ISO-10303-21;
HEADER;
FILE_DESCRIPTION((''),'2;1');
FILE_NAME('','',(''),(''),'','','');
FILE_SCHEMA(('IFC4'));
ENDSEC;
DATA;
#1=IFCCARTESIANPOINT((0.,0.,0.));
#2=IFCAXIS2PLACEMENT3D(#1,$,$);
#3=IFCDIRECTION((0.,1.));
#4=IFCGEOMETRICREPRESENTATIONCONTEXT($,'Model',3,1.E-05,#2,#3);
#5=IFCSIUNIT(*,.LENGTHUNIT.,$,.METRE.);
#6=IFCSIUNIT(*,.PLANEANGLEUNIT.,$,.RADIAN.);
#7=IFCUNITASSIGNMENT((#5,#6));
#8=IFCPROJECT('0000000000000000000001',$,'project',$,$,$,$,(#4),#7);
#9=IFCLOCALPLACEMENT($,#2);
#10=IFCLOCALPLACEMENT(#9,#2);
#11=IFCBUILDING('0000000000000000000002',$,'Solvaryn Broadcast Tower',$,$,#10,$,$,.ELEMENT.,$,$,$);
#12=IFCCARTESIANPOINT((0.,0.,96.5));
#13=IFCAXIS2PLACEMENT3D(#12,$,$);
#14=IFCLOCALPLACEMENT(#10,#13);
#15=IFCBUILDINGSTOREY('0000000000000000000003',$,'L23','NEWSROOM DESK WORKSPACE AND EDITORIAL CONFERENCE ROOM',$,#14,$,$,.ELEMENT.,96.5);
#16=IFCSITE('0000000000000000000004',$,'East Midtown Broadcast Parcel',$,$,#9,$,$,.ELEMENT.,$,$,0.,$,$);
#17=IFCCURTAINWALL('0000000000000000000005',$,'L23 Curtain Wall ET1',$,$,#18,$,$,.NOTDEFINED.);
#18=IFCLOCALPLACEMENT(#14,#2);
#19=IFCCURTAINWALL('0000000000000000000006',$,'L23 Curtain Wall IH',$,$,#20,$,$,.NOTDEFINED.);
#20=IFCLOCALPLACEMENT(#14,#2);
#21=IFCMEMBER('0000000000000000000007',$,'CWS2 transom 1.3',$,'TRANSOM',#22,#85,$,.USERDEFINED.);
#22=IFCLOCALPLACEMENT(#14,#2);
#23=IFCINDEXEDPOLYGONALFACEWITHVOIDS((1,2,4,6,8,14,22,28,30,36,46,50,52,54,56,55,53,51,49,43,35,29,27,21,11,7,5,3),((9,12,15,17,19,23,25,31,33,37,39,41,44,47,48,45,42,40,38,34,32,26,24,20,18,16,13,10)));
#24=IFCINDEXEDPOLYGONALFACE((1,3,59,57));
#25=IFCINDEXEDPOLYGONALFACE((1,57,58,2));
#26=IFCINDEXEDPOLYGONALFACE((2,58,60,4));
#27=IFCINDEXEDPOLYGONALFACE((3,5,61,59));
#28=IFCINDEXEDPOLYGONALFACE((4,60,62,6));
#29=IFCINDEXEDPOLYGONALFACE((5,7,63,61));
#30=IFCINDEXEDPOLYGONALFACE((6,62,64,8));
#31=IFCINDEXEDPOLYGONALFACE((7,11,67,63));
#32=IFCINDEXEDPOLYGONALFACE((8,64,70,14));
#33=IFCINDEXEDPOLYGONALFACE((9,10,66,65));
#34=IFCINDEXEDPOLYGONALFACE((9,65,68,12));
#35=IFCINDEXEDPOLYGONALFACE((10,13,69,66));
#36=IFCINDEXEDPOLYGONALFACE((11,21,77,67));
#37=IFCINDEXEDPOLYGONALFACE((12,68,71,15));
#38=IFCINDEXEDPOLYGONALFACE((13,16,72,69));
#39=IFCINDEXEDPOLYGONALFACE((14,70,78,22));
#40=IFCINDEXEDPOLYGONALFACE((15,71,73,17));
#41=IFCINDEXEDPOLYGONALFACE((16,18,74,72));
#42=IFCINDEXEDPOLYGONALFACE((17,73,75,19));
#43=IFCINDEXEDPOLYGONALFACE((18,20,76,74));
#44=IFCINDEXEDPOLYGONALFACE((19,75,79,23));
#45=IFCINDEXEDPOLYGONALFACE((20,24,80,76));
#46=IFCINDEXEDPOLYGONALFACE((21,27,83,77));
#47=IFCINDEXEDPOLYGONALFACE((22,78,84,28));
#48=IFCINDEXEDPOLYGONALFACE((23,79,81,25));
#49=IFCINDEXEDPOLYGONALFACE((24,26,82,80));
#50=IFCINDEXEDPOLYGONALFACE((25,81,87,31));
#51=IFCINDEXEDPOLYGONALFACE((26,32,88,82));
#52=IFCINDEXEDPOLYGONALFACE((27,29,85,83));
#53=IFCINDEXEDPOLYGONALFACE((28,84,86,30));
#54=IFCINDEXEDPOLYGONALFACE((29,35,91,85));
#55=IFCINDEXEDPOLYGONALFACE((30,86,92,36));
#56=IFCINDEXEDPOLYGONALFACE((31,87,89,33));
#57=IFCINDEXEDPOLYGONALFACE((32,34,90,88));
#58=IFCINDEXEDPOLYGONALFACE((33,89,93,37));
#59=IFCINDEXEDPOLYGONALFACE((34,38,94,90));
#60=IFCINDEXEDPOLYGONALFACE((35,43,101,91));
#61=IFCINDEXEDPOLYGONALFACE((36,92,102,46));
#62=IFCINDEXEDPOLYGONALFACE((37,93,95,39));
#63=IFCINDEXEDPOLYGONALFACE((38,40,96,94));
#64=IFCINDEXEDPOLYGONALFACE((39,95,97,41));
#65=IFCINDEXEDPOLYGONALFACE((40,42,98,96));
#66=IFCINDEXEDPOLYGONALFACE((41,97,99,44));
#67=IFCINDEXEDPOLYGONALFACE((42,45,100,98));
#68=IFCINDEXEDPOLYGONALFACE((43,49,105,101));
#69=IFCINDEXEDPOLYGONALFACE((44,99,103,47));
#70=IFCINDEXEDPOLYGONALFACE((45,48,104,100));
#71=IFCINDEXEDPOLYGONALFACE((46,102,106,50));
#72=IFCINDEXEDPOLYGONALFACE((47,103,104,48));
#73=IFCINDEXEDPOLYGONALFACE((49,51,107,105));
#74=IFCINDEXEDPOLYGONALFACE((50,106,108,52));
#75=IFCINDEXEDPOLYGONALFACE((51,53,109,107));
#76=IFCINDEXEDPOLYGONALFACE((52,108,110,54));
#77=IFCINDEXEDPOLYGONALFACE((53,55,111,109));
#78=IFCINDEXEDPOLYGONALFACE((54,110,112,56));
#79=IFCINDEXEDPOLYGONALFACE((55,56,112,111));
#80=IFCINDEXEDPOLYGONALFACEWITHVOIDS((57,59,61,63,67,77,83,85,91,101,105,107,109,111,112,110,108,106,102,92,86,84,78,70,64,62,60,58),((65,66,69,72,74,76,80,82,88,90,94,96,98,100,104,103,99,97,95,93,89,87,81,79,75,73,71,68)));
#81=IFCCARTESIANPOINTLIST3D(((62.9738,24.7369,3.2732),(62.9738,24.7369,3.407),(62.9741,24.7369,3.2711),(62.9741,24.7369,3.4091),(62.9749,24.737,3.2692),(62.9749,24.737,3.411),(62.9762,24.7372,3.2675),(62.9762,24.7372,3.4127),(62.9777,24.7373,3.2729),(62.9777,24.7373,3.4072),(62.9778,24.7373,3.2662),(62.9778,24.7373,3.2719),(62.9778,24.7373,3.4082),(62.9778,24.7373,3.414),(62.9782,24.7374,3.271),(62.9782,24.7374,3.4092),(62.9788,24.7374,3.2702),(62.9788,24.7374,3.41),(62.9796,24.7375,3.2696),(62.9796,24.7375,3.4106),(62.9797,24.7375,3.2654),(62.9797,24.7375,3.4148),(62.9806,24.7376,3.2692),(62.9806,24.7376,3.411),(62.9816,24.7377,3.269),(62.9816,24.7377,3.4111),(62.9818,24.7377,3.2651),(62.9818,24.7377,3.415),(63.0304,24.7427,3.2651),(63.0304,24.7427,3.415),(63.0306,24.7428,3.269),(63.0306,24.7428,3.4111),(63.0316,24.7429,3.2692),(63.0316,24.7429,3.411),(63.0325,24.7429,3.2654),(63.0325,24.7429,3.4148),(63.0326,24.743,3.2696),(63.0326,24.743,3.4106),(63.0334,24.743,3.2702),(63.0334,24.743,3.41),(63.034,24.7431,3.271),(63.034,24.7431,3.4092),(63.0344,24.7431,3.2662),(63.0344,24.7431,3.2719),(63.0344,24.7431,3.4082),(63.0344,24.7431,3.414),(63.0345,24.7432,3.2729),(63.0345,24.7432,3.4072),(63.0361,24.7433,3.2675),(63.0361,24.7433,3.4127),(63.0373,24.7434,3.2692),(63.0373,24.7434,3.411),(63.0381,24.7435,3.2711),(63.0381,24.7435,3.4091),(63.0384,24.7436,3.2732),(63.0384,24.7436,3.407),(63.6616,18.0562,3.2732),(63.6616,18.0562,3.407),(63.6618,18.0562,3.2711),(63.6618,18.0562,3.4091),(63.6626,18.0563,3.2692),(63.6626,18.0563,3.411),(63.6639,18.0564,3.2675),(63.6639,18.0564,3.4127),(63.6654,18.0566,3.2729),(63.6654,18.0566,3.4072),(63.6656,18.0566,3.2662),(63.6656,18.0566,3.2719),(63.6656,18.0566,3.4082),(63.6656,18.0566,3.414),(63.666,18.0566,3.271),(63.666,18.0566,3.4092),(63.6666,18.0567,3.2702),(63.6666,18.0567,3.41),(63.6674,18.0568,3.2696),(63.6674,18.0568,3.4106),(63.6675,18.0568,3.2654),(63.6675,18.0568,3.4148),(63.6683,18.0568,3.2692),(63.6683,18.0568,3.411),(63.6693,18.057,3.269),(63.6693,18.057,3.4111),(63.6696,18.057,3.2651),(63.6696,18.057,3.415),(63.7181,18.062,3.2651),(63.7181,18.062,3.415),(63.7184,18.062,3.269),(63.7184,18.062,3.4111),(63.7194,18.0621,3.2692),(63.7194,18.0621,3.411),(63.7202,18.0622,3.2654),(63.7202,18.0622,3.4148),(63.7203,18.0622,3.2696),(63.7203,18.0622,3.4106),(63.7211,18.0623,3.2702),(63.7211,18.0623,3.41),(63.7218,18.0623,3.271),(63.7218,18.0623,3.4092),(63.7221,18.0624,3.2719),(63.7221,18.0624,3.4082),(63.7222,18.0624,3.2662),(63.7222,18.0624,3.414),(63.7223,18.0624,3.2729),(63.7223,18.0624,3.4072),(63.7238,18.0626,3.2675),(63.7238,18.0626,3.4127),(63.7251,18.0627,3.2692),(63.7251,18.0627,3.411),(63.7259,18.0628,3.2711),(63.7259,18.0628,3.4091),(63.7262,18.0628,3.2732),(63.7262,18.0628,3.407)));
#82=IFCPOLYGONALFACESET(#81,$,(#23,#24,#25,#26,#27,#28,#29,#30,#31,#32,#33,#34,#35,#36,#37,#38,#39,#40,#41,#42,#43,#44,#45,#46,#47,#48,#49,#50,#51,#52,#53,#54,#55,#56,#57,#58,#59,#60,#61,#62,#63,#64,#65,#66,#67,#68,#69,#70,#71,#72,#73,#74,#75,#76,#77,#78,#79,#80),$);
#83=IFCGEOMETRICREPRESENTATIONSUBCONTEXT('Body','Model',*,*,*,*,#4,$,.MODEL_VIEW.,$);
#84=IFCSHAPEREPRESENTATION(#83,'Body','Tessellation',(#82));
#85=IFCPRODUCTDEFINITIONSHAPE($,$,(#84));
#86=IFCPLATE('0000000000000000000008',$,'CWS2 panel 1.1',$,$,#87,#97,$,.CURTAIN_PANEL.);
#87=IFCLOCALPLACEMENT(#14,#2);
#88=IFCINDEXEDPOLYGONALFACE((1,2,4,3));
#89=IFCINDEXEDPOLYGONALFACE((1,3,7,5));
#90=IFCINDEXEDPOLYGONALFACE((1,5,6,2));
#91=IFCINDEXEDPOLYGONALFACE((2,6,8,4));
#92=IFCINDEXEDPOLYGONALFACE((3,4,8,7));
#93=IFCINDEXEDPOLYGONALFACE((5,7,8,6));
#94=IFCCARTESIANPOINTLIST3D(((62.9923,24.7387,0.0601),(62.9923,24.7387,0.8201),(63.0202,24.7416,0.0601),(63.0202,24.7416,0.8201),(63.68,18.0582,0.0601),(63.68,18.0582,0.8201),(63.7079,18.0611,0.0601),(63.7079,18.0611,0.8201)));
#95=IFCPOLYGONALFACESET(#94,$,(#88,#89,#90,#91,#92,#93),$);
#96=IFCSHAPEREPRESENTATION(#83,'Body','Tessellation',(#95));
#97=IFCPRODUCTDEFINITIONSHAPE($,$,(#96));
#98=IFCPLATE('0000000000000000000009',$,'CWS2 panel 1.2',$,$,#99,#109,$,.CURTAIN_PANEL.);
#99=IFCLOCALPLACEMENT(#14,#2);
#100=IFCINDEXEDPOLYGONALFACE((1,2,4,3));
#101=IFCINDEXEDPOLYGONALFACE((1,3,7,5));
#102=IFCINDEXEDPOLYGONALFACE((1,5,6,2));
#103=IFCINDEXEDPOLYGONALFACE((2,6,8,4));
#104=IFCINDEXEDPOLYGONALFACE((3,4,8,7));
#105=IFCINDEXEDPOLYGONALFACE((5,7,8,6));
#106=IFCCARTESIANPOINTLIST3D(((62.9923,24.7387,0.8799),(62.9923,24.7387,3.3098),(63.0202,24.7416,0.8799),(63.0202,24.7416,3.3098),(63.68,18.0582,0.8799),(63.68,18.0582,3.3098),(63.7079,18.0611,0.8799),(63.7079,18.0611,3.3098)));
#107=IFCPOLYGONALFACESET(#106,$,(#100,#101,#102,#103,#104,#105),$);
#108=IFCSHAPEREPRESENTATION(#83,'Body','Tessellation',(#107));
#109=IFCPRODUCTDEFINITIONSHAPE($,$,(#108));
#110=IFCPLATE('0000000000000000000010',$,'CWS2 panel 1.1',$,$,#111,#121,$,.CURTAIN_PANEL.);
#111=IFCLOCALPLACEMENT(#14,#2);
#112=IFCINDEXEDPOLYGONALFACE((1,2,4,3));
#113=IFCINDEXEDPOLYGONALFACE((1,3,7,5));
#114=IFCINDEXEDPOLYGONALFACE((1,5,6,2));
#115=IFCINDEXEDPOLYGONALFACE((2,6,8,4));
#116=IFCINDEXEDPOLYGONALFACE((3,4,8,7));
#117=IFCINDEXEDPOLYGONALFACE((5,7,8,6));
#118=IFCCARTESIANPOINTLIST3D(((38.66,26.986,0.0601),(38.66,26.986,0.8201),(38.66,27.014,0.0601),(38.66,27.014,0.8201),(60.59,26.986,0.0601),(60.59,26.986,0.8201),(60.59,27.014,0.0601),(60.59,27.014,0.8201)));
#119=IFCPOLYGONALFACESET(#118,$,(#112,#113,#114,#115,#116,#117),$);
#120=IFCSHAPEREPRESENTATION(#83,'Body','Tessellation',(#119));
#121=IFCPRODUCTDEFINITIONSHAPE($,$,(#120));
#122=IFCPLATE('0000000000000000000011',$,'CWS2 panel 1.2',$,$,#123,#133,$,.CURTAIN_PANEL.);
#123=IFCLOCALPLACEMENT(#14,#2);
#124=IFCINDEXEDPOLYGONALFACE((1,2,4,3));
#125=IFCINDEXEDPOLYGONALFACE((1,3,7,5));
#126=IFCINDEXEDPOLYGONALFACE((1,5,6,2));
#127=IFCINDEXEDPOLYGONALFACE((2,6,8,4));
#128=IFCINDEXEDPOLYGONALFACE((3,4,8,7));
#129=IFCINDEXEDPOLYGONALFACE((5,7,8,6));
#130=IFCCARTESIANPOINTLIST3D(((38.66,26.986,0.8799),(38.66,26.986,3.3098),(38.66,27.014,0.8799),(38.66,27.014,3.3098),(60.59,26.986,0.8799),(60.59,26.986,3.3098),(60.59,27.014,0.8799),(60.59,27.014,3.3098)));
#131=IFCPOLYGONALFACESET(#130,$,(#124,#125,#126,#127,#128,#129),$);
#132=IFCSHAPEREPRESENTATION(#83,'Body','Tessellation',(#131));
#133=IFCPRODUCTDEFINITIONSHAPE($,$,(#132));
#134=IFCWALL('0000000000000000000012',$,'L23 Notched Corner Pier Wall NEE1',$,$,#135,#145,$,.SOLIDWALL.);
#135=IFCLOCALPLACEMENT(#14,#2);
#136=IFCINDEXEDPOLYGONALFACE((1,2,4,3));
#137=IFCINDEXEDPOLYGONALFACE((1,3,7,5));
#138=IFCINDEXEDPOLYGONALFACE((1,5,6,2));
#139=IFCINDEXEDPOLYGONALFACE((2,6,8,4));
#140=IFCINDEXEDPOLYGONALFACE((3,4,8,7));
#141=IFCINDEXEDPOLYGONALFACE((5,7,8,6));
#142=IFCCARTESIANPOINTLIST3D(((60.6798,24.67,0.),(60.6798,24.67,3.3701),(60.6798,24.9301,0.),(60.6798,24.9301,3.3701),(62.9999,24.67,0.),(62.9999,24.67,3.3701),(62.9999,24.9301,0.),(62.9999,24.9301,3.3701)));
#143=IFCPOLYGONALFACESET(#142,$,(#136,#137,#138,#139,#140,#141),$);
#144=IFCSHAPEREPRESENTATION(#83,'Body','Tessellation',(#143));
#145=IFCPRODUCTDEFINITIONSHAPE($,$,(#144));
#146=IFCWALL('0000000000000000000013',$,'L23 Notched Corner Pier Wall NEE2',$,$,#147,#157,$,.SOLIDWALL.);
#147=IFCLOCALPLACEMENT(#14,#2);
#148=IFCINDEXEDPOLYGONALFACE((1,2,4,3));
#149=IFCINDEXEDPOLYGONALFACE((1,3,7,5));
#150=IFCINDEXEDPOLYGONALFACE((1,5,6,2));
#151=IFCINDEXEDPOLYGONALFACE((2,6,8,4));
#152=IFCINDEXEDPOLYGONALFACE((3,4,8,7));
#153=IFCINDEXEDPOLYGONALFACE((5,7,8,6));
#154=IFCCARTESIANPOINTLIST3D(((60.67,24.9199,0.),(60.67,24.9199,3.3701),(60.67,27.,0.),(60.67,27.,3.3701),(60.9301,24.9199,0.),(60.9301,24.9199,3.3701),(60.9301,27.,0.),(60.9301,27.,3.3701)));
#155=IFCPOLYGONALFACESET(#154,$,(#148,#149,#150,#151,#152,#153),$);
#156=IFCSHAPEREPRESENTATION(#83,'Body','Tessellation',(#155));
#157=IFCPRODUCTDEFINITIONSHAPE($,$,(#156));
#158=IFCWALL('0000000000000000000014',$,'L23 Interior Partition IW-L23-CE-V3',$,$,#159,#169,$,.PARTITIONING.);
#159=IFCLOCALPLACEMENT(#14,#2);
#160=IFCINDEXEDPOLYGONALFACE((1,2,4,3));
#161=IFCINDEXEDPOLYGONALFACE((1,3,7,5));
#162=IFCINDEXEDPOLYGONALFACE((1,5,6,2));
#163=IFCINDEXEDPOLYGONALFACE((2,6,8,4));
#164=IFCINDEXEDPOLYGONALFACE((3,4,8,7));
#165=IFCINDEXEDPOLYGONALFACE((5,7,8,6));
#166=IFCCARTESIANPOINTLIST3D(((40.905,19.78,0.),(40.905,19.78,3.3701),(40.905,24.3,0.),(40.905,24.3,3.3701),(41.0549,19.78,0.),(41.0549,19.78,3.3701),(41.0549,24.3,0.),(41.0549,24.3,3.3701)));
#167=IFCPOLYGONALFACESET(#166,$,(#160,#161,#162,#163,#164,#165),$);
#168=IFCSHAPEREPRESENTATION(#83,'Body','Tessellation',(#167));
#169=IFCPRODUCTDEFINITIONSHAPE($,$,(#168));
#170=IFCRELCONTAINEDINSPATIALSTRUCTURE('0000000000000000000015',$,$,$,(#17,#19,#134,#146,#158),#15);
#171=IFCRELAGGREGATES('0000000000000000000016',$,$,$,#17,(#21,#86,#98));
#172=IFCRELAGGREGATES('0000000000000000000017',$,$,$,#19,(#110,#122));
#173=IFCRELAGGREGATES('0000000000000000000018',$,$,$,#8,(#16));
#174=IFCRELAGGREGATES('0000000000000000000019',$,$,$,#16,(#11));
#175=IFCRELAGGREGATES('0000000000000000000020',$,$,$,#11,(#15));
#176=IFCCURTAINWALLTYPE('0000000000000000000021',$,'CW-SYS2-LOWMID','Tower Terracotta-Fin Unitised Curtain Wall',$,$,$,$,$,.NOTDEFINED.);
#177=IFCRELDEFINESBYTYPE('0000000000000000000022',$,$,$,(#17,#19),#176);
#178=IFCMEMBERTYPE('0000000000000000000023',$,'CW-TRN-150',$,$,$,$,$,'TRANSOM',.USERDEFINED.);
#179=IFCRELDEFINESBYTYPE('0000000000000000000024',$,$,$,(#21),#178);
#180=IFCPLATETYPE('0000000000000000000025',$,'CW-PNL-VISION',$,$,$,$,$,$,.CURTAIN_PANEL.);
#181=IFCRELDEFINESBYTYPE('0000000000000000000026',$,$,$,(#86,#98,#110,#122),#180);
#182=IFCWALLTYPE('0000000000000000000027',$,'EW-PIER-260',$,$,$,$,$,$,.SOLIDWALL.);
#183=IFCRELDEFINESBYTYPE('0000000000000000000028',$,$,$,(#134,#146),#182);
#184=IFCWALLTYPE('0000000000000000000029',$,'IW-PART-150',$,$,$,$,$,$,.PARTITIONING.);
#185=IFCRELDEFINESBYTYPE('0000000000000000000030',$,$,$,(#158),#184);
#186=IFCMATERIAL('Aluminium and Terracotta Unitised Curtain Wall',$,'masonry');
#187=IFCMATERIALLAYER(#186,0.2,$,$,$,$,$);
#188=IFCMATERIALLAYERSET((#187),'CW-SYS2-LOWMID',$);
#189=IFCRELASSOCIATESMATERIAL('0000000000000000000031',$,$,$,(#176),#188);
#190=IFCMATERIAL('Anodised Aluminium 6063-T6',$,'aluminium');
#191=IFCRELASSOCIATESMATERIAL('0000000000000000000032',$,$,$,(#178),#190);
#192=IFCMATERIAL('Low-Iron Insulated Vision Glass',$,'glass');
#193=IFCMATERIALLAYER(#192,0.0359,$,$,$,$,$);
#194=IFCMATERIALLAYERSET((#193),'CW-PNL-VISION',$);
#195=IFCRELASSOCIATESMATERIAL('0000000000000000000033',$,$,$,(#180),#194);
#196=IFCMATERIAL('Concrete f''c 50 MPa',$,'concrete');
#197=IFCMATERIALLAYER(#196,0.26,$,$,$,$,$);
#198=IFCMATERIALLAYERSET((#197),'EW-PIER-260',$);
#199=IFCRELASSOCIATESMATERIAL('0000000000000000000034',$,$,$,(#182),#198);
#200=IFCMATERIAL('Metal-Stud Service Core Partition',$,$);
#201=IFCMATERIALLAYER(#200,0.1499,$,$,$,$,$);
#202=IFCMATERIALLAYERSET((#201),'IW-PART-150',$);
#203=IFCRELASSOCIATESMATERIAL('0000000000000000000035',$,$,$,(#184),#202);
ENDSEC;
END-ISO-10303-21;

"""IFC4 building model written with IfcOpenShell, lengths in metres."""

from ifc_helpers import new_model, si_unit, direction, frame, frame_2d, origin, origin_2d, place, context, subcontext, project, spatial, rectangle, hollow_rectangle, extrude, material, layer, layer_set, material_profile, profile_set, type_object, element, aggregate, save


model = new_model("IFC4")

# Units and contexts
model_context = context("Model", 3, precision=1e-05, world=origin(), true_north=direction((0.0, 1.0)))
body_context = subcontext(model_context, "Body", "Model", "MODEL_VIEW")
ifc_project = project(units=[si_unit("LENGTHUNIT", "METRE"), si_unit("PLANEANGLEUNIT", "RADIAN")], contexts=[model_context])

# Site, building, storey
site_placement = place(None, origin())
site = spatial("IfcSite", under=ifc_project, at=site_placement, Name="East Midtown Broadcast Parcel", CompositionType="ELEMENT", RefElevation=0.0)
building_placement = place(site_placement, origin())
building = spatial("IfcBuilding", under=site, at=building_placement, Name="Solvaryn Broadcast Tower", CompositionType="ELEMENT")
storey_placement = place(building_placement, frame((0.0, 0.0, 96.5)))
storey = spatial("IfcBuildingStorey", under=building, at=storey_placement, Name="L23", Description="NEWSROOM DESK WORKSPACE AND EDITORIAL CONFERENCE ROOM", CompositionType="ELEMENT", Elevation=96.5)

# Curtain walls
ifc_material_1 = material(Name="Aluminium and Terracotta Unitised Curtain Wall", Category="masonry")
ifc_layer_1 = layer(ifc_material_1, 0.2)
ifc_layer_set_1 = layer_set([ifc_layer_1], Name="CW-SYS2-LOWMID")
curtain_wall_type = type_object("IfcCurtainWallType", Name="CW-SYS2-LOWMID", Description="Tower Terracotta-Fin Unitised Curtain Wall", PredefinedType="NOTDEFINED", material=ifc_layer_set_1)
curtain_wall_1_placement = place(storey_placement, origin())
curtain_wall_1 = element("IfcCurtainWall", 1, at=curtain_wall_1_placement, inside=storey, type_object=curtain_wall_type, Name="L23 Curtain Wall ET1", PredefinedType="NOTDEFINED")
curtain_wall_2_placement = place(storey_placement, origin())
curtain_wall_2 = element("IfcCurtainWall", 2, at=curtain_wall_2_placement, inside=storey, type_object=curtain_wall_type, Name="L23 Curtain Wall IH", PredefinedType="NOTDEFINED")

# Member
ifc_material_2 = material(Name="Anodised Aluminium 6063-T6", Category="aluminium")
ifc_material_profile_1 = material_profile(ifc_material_2, hollow_rectangle(XDim=0.0649, YDim=0.1499, WallThickness=0.0039, InnerFilletRadius=0.0039, OuterFilletRadius=0.0081, at=origin_2d()))
ifc_profile_set_1 = profile_set([ifc_material_profile_1], Name="Anodised Aluminium 6063-T6")
member_type_1 = type_object("IfcMemberType", Name="CW-TRN-150", ElementType="TRANSOM", PredefinedType="USERDEFINED", material=ifc_profile_set_1)
member_1_placement = place(storey_placement, frame((63.0061, 24.7402, 3.3401), z_axis=(0.102404, -0.994743, 0.0), x_axis=(0.994743, 0.102404, 0.0)))
member_1 = element("IfcMember", 3, at=member_1_placement, type_object=member_type_1, Name="CWS2 transom 1.3", ObjectType="TRANSOM", PredefinedType="USERDEFINED", context=body_context, shape_type="SweptSolid", body=[
    extrude(hollow_rectangle(XDim=0.0649, YDim=0.1499, WallThickness=0.0039, InnerFilletRadius=0.0039, OuterFilletRadius=0.0081, at=origin_2d()), origin(), (0.0, 0.0, 1.0), 6.7161),
])

# Plates
ifc_material_3 = material(Name="Low-Iron Insulated Vision Glass", Category="glass")
ifc_layer_2 = layer(ifc_material_3, 0.0359)
ifc_layer_set_2 = layer_set([ifc_layer_2], Name="CW-PNL-VISION")
plate_type = type_object("IfcPlateType", Name="CW-PNL-VISION", PredefinedType="CURTAIN_PANEL", material=ifc_layer_set_2)
plate_1_placement = place(storey_placement, frame((63.3501, 21.3999, 0.0601), z_axis=(0.0, 0.0, 1.0), x_axis=(0.1024, -0.994743, 0.0)))
plate_1 = element("IfcPlate", 4, at=plate_1_placement, type_object=plate_type, Name="CWS2 panel 1.1", PredefinedType="CURTAIN_PANEL", context=body_context, shape_type="SweptSolid", body=[
    extrude(rectangle(XDim=6.7158, YDim=0.0281, at=origin_2d()), origin(), (0.0, 0.0, 1.0), 0.76),
])
plate_2_placement = place(storey_placement, frame((63.3501, 21.3999, 0.8799), z_axis=(0.0, 0.0, 1.0), x_axis=(0.1024, -0.994743, 0.0)))
plate_2 = element("IfcPlate", 5, at=plate_2_placement, type_object=plate_type, Name="CWS2 panel 1.2", PredefinedType="CURTAIN_PANEL", context=body_context, shape_type="SweptSolid", body=[
    extrude(rectangle(XDim=6.7158, YDim=0.0281, at=origin_2d()), origin(), (0.0, 0.0, 1.0), 2.4299),
])
aggregate(curtain_wall_1, [member_1, plate_1, plate_2])
plate_3_placement = place(storey_placement, frame((49.625, 27.0, 0.0601), z_axis=(0.0, 0.0, 1.0), x_axis=(1.0, 0.0, 0.0)))
plate_3 = element("IfcPlate", 6, at=plate_3_placement, type_object=plate_type, Name="CWS2 panel 1.1", PredefinedType="CURTAIN_PANEL", context=body_context, shape_type="SweptSolid", body=[
    extrude(rectangle(XDim=21.9299, YDim=0.0281, at=origin_2d()), origin(), (0.0, 0.0, 1.0), 0.76),
])
plate_4_placement = place(storey_placement, frame((49.625, 27.0, 0.8799), z_axis=(0.0, 0.0, 1.0), x_axis=(1.0, 0.0, 0.0)))
plate_4 = element("IfcPlate", 7, at=plate_4_placement, type_object=plate_type, Name="CWS2 panel 1.2", PredefinedType="CURTAIN_PANEL", context=body_context, shape_type="SweptSolid", body=[
    extrude(rectangle(XDim=21.9299, YDim=0.0281, at=origin_2d()), origin(), (0.0, 0.0, 1.0), 2.4299),
])
aggregate(curtain_wall_2, [plate_3, plate_4])

# Walls
ifc_material_4 = material(Name="Concrete f'c 50 MPa", Category="concrete")
ifc_layer_3 = layer(ifc_material_4, 0.26)
ifc_layer_set_3 = layer_set([ifc_layer_3], Name="EW-PIER-260")
wall_type_1 = type_object("IfcWallType", Name="EW-PIER-260", PredefinedType="SOLIDWALL", material=ifc_layer_set_3)
wall_1_placement = place(storey_placement, frame((63.0, 24.8, 0.0), z_axis=(0.0, 0.0, 1.0), x_axis=(-1.0, 0.0, 0.0)))
element("IfcWall", 8, at=wall_1_placement, inside=storey, type_object=wall_type_1, Name="L23 Notched Corner Pier Wall NEE1", PredefinedType="SOLIDWALL", context=body_context, shape_type="SweptSolid", body=[
    extrude(rectangle(XDim=2.3201, YDim=0.26, at=frame_2d((1.1602, 0.0))), origin(), (0.0, 0.0, 1.0), 3.3701),
])
wall_2_placement = place(storey_placement, frame((60.8, 24.9199, 0.0), z_axis=(0.0, 0.0, 1.0), x_axis=(0.0, 1.0, 0.0)))
element("IfcWall", 9, at=wall_2_placement, inside=storey, type_object=wall_type_1, Name="L23 Notched Corner Pier Wall NEE2", PredefinedType="SOLIDWALL", context=body_context, shape_type="SweptSolid", body=[
    extrude(rectangle(XDim=2.0801, YDim=0.26, at=frame_2d((1.04, 0.0))), origin(), (0.0, 0.0, 1.0), 3.3701),
])
ifc_material_5 = material(Name="Metal-Stud Service Core Partition")
ifc_layer_4 = layer(ifc_material_5, 0.1499)
ifc_layer_set_4 = layer_set([ifc_layer_4], Name="IW-PART-150")
wall_type_2 = type_object("IfcWallType", Name="IW-PART-150", PredefinedType="PARTITIONING", material=ifc_layer_set_4)
wall_3_placement = place(storey_placement, frame((40.98, 19.78, 0.0), z_axis=(0.0, 0.0, 1.0), x_axis=(0.0, 1.0, 0.0)))
element("IfcWall", 10, at=wall_3_placement, inside=storey, type_object=wall_type_2, Name="L23 Interior Partition IW-L23-CE-V3", PredefinedType="PARTITIONING", context=body_context, shape_type="SweptSolid", body=[
    extrude(rectangle(XDim=4.52, YDim=0.1499, at=frame_2d((2.26, 0.0))), origin(), (0.0, 0.0, 1.0), 3.3701),
])

save(model, "model.ifc")
